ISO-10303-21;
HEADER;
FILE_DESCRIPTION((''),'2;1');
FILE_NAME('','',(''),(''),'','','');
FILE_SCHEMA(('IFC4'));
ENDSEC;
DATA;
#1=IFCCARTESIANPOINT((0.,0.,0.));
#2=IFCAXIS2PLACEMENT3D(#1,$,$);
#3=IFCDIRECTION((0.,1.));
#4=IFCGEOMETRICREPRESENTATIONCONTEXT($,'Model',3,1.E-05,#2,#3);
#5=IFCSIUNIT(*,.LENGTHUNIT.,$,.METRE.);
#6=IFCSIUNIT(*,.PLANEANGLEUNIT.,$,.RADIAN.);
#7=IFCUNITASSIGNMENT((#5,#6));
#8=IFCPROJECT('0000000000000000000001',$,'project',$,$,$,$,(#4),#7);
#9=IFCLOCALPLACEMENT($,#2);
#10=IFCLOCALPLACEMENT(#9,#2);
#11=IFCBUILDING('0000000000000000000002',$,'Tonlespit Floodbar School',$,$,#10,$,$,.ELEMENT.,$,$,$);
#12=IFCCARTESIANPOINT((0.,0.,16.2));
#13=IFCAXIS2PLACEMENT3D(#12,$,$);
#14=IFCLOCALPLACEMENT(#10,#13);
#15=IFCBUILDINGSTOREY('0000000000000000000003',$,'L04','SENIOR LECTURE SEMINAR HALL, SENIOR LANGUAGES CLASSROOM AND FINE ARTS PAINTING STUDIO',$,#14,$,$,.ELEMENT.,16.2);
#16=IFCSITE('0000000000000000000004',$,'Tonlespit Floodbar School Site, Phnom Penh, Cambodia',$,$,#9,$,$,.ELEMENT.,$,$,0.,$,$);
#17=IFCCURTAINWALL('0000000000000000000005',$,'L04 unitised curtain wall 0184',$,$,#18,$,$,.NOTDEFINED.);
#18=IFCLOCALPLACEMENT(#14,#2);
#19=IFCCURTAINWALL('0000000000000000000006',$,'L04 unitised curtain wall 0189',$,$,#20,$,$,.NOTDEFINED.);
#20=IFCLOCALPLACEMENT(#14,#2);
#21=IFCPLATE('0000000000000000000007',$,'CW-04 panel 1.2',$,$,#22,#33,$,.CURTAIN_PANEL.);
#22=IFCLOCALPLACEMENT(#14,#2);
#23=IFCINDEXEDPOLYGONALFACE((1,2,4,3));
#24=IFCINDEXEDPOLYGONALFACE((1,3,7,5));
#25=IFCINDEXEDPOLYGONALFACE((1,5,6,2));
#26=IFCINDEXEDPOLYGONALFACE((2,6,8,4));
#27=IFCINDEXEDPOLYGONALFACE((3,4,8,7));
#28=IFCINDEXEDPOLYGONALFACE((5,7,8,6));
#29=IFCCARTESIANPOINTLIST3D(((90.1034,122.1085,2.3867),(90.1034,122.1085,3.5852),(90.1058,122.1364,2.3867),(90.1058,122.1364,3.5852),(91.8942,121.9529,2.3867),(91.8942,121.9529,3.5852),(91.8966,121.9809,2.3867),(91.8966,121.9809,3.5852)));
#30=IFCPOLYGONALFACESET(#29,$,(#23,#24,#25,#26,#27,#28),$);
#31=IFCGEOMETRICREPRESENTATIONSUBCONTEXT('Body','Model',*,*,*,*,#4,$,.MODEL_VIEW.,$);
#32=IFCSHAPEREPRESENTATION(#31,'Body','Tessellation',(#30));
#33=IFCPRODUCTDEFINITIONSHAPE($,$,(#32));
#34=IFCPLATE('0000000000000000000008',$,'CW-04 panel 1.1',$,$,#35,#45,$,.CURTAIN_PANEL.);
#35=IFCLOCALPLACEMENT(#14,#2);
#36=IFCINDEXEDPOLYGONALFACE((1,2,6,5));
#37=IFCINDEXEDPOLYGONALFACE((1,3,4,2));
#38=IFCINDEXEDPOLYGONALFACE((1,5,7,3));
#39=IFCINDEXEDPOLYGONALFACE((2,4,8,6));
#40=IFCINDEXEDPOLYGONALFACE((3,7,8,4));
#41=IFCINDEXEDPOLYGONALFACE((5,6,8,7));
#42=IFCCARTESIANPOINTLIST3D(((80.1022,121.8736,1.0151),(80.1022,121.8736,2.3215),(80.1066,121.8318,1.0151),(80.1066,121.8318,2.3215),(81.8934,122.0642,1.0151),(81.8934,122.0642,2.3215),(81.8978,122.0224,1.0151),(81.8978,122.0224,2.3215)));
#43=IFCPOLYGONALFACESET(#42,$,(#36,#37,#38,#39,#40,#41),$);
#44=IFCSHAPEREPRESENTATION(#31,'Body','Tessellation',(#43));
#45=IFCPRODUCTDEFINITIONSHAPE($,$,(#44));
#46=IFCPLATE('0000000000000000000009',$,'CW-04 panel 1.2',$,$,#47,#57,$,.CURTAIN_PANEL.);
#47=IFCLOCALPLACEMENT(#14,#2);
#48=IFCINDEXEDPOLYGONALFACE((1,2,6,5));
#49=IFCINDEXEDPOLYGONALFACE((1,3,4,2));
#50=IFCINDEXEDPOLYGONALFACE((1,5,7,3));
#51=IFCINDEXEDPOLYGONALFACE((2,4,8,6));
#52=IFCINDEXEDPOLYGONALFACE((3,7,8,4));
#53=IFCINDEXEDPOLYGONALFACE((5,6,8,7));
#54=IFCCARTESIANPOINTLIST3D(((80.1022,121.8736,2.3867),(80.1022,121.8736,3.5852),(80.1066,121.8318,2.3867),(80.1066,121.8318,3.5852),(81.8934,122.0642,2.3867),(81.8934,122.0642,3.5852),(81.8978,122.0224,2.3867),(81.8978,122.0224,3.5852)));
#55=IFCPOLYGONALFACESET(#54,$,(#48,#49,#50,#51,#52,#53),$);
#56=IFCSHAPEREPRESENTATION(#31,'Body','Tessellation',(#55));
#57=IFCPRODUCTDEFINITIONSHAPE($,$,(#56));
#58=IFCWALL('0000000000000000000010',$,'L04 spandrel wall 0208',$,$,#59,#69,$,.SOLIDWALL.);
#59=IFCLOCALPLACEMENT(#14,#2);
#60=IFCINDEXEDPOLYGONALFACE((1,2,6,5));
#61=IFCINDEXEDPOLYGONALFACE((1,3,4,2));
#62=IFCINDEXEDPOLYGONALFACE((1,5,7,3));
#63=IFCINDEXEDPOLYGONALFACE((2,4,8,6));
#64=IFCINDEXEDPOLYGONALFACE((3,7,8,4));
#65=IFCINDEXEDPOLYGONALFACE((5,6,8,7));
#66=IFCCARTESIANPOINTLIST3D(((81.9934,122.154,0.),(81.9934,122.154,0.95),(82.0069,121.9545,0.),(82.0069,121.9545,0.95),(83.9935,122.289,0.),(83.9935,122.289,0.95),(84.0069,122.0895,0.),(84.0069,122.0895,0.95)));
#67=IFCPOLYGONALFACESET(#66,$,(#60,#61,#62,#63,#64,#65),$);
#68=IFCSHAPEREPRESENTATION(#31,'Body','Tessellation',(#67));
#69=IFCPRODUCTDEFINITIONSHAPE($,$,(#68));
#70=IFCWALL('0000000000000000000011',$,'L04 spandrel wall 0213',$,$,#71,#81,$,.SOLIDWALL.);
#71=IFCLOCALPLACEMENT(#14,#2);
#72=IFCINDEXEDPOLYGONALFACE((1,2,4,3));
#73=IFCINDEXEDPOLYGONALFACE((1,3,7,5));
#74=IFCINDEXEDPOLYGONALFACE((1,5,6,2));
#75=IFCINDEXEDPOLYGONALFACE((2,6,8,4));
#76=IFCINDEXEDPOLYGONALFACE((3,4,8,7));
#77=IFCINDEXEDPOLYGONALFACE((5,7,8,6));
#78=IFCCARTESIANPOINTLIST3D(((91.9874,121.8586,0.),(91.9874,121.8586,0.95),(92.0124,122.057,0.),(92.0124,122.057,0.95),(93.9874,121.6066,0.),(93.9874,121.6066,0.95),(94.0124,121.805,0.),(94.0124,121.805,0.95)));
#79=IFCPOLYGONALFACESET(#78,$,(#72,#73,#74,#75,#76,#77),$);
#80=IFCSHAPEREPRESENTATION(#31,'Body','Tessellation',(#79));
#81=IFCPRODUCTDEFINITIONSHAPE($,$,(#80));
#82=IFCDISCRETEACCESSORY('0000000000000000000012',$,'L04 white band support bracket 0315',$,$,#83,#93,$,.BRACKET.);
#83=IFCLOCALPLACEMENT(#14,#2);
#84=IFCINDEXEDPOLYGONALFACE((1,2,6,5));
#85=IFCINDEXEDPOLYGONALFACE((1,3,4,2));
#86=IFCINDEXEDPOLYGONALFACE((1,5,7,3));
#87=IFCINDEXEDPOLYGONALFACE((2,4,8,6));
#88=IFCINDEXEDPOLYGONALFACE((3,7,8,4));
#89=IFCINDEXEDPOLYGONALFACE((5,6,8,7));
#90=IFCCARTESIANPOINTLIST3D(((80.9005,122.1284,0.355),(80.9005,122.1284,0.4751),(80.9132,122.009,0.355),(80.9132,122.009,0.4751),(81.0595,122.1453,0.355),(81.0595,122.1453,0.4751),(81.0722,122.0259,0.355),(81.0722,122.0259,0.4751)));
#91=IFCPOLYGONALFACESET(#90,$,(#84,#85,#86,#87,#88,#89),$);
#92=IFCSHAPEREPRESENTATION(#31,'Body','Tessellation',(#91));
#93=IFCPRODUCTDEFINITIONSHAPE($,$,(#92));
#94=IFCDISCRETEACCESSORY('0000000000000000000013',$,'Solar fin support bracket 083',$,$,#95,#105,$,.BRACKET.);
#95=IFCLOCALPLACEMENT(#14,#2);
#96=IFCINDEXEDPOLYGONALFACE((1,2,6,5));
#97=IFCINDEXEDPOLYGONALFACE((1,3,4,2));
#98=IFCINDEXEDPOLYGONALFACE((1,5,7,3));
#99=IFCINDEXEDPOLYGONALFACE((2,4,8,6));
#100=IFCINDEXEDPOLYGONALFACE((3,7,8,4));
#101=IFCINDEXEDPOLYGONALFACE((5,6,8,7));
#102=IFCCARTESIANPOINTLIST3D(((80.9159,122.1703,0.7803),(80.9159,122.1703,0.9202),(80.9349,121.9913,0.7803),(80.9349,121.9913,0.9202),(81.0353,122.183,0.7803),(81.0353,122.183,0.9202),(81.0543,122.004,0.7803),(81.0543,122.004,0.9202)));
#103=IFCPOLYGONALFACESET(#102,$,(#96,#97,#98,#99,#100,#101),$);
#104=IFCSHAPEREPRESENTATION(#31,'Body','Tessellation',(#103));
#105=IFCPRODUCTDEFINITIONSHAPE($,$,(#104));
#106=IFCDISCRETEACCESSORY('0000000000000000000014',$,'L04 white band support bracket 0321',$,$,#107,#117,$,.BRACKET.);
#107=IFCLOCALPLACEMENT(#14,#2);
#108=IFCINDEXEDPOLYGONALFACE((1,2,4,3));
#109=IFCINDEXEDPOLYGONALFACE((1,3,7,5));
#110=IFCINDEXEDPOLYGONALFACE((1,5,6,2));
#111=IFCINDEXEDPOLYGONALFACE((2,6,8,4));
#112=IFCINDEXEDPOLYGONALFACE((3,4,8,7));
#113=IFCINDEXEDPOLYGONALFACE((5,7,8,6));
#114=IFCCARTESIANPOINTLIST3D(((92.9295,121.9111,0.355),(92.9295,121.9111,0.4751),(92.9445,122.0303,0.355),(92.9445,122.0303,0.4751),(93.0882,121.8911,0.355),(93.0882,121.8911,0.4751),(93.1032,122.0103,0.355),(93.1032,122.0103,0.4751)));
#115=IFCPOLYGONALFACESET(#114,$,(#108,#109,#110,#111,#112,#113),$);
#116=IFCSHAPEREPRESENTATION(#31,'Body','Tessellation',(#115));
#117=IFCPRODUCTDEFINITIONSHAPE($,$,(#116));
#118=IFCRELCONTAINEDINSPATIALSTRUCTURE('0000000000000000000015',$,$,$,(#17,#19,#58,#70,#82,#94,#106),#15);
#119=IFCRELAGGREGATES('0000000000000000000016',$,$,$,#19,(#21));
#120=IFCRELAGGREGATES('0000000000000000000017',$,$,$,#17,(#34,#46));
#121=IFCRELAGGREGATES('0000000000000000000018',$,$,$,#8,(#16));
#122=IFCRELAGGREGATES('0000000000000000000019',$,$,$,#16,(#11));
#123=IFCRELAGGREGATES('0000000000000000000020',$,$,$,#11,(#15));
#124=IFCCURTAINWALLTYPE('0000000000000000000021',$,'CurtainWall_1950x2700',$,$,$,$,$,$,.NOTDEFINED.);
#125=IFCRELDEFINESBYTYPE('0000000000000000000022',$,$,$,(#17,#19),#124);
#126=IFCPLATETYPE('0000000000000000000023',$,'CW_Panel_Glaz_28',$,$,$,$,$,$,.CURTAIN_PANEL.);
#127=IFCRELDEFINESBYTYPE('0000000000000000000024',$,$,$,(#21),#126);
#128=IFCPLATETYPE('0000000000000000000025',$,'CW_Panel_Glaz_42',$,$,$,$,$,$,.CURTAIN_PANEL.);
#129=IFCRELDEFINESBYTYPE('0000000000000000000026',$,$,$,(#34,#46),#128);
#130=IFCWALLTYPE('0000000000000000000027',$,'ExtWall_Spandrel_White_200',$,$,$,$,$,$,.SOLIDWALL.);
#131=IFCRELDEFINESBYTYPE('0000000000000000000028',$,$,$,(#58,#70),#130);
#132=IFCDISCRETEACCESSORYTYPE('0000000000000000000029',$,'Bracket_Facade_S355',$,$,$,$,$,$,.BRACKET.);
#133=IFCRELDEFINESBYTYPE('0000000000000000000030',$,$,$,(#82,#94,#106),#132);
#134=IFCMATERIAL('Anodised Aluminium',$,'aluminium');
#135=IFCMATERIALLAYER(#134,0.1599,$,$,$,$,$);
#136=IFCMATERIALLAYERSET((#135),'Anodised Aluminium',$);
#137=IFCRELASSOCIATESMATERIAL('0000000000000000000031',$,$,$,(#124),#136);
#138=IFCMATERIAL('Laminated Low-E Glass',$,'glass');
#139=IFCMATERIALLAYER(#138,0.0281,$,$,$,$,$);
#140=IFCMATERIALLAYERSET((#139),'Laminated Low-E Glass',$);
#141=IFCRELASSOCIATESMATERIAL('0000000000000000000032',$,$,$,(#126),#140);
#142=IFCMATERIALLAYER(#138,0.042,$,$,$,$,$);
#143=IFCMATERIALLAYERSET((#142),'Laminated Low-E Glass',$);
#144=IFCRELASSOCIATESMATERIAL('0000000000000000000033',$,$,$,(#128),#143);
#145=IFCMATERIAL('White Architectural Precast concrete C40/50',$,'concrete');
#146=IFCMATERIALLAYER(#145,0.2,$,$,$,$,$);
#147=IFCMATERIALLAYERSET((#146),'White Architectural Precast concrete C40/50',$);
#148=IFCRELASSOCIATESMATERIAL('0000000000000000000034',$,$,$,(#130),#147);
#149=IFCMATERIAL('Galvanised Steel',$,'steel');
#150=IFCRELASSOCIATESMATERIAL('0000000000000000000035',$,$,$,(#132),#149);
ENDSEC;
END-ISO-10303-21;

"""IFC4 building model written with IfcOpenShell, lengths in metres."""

from ifc_helpers import new_model, si_unit, direction, frame, frame_2d, origin, origin_2d, place, context, subcontext, project, spatial, rectangle, extrude, material, layer, layer_set, type_object, element, aggregate, save


model = new_model("IFC4")

# Units and contexts
model_context = context("Model", 3, precision=1e-05, world=origin(), true_north=direction((0.0, 1.0)))
body_context = subcontext(model_context, "Body", "Model", "MODEL_VIEW")
ifc_project = project(units=[si_unit("LENGTHUNIT", "METRE"), si_unit("PLANEANGLEUNIT", "RADIAN")], contexts=[model_context])

# Site, building, storey
site_placement = place(None, origin())
site = spatial("IfcSite", under=ifc_project, at=site_placement, Name="Tonlespit Floodbar School Site, Phnom Penh, Cambodia", CompositionType="ELEMENT", RefElevation=0.0)
building_placement = place(site_placement, origin())
building = spatial("IfcBuilding", under=site, at=building_placement, Name="Tonlespit Floodbar School", CompositionType="ELEMENT")
storey_placement = place(building_placement, frame((0.0, 0.0, 16.2)))
storey = spatial("IfcBuildingStorey", under=building, at=storey_placement, Name="L04", Description="SENIOR LECTURE SEMINAR HALL, SENIOR LANGUAGES CLASSROOM AND FINE ARTS PAINTING STUDIO", CompositionType="ELEMENT", Elevation=16.2)

# Curtain walls
ifc_material_1 = material(Name="Anodised Aluminium", Category="aluminium")
ifc_layer_1 = layer(ifc_material_1, 0.1599)
ifc_layer_set_1 = layer_set([ifc_layer_1], Name="Anodised Aluminium")
curtain_wall_type_1 = type_object("IfcCurtainWallType", Name="CurtainWall_1950x2700", PredefinedType="NOTDEFINED", material=ifc_layer_set_1)
curtain_wall_1_placement = place(storey_placement, origin())
curtain_wall_1 = element("IfcCurtainWall", 1, at=curtain_wall_1_placement, inside=storey, type_object=curtain_wall_type_1, Name="L04 unitised curtain wall 0184", PredefinedType="NOTDEFINED")
curtain_wall_2_placement = place(storey_placement, origin())
curtain_wall_2 = element("IfcCurtainWall", 2, at=curtain_wall_2_placement, inside=storey, type_object=curtain_wall_type_1, Name="L04 unitised curtain wall 0189", PredefinedType="NOTDEFINED")

# Plates
ifc_material_2 = material(Name="Laminated Low-E Glass", Category="glass")
ifc_layer_2 = layer(ifc_material_2, 0.0281)
ifc_layer_set_2 = layer_set([ifc_layer_2], Name="Laminated Low-E Glass")
plate_type_1 = type_object("IfcPlateType", Name="CW_Panel_Glaz_28", PredefinedType="CURTAIN_PANEL", material=ifc_layer_set_2)
plate_1_placement = place(storey_placement, frame((91.0, 122.0447, 2.3867), z_axis=(0.0, 0.0, 1.0), x_axis=(0.996249, -0.086531, 0.0)))
plate_1 = element("IfcPlate", 3, at=plate_1_placement, type_object=plate_type_1, Name="CW-04 panel 1.2", PredefinedType="CURTAIN_PANEL", context=body_context, shape_type="SweptSolid", body=[
    extrude(rectangle(XDim=1.7976, YDim=0.0281, at=origin_2d()), origin(), (0.0, 0.0, 1.0), 1.1985),
])
aggregate(curtain_wall_2, [plate_1])
ifc_layer_3 = layer(ifc_material_2, 0.042)
ifc_layer_set_3 = layer_set([ifc_layer_3], Name="Laminated Low-E Glass")
plate_type_2 = type_object("IfcPlateType", Name="CW_Panel_Glaz_42", PredefinedType="CURTAIN_PANEL", material=ifc_layer_set_3)
plate_2_placement = place(storey_placement, frame((81.0, 121.948, 1.0151), z_axis=(0.0, 0.0, 1.0), x_axis=(0.994389, 0.105787, 0.0)))
plate_2 = element("IfcPlate", 4, at=plate_2_placement, type_object=plate_type_2, Name="CW-04 panel 1.1", PredefinedType="CURTAIN_PANEL", context=body_context, shape_type="SweptSolid", body=[
    extrude(rectangle(XDim=1.8013, YDim=0.042, at=origin_2d()), origin(), (0.0, 0.0, 1.0), 1.3064),
])
plate_3_placement = place(storey_placement, frame((81.0, 121.948, 2.3867), z_axis=(0.0, 0.0, 1.0), x_axis=(0.994389, 0.105787, 0.0)))
plate_3 = element("IfcPlate", 5, at=plate_3_placement, type_object=plate_type_2, Name="CW-04 panel 1.2", PredefinedType="CURTAIN_PANEL", context=body_context, shape_type="SweptSolid", body=[
    extrude(rectangle(XDim=1.8013, YDim=0.042, at=origin_2d()), origin(), (0.0, 0.0, 1.0), 1.1985),
])
aggregate(curtain_wall_1, [plate_2, plate_3])

# Walls
ifc_material_3 = material(Name="White Architectural Precast concrete C40/50", Category="concrete")
ifc_layer_4 = layer(ifc_material_3, 0.2)
ifc_layer_set_4 = layer_set([ifc_layer_4], Name="White Architectural Precast concrete C40/50")
wall_type = type_object("IfcWallType", Name="ExtWall_Spandrel_White_200", PredefinedType="SOLIDWALL", material=ifc_layer_set_4)
wall_1_placement = place(storey_placement, frame((82.0, 122.0542, 0.0), z_axis=(0.0, 0.0, 1.0), x_axis=(0.997729, 0.067352, 0.0)))
element("IfcWall", 6, at=wall_1_placement, inside=storey, type_object=wall_type, Name="L04 spandrel wall 0208", PredefinedType="SOLIDWALL", context=body_context, shape_type="SweptSolid", body=[
    extrude(rectangle(XDim=2.0046, YDim=0.2, at=frame_2d((1.0024, 0.0))), origin(), (0.0, 0.0, 1.0), 0.95),
])
wall_2_placement = place(storey_placement, frame((92.0, 121.9578, 0.0), z_axis=(0.0, 0.0, 1.0), x_axis=(0.992158, -0.124989, 0.0)))
element("IfcWall", 7, at=wall_2_placement, inside=storey, type_object=wall_type, Name="L04 spandrel wall 0213", PredefinedType="SOLIDWALL", context=body_context, shape_type="SweptSolid", body=[
    extrude(rectangle(XDim=2.0159, YDim=0.2, at=frame_2d((1.0078, 0.0))), origin(), (0.0, 0.0, 1.0), 0.95),
])

# Discrete accessories
ifc_material_4 = material(Name="Galvanised Steel", Category="steel")
discrete_accessory_type = type_object("IfcDiscreteAccessoryType", Name="Bracket_Facade_S355", PredefinedType="BRACKET", material=ifc_material_4)
discrete_accessory_1_placement = place(storey_placement, frame((80.9863, 122.0771, 0.355), z_axis=(0.0, 0.0, 1.0), x_axis=(0.994392, 0.105754, 0.0)))
element("IfcDiscreteAccessory", 8, at=discrete_accessory_1_placement, inside=storey, type_object=discrete_accessory_type, Name="L04 white band support bracket 0315", PredefinedType="BRACKET", context=body_context, shape_type="SweptSolid", body=[
    extrude(rectangle(XDim=0.1599, YDim=0.1201, at=origin_2d()), origin(), (0.0, 0.0, 1.0), 0.1201),
])
discrete_accessory_2_placement = place(storey_placement, frame((80.9851, 122.0872, 0.7803), z_axis=(0.0, 0.0, 1.0), x_axis=(0.994392, 0.105754, 0.0)))
element("IfcDiscreteAccessory", 9, at=discrete_accessory_2_placement, inside=storey, type_object=discrete_accessory_type, Name="Solar fin support bracket 083", PredefinedType="BRACKET", context=body_context, shape_type="SweptSolid", body=[
    extrude(rectangle(XDim=0.1201, YDim=0.1799, at=origin_2d()), origin(), (0.0, 0.0, 1.0), 0.1399),
])
discrete_accessory_3_placement = place(storey_placement, frame((93.0164, 121.9607, 0.355), z_axis=(0.0, 0.0, 1.0), x_axis=(0.992155, -0.125011, 0.0)))
element("IfcDiscreteAccessory", 10, at=discrete_accessory_3_placement, inside=storey, type_object=discrete_accessory_type, Name="L04 white band support bracket 0321", PredefinedType="BRACKET", context=body_context, shape_type="SweptSolid", body=[
    extrude(rectangle(XDim=0.1599, YDim=0.1201, at=origin_2d()), origin(), (0.0, 0.0, 1.0), 0.1201),
])

save(model, "model.ifc")
